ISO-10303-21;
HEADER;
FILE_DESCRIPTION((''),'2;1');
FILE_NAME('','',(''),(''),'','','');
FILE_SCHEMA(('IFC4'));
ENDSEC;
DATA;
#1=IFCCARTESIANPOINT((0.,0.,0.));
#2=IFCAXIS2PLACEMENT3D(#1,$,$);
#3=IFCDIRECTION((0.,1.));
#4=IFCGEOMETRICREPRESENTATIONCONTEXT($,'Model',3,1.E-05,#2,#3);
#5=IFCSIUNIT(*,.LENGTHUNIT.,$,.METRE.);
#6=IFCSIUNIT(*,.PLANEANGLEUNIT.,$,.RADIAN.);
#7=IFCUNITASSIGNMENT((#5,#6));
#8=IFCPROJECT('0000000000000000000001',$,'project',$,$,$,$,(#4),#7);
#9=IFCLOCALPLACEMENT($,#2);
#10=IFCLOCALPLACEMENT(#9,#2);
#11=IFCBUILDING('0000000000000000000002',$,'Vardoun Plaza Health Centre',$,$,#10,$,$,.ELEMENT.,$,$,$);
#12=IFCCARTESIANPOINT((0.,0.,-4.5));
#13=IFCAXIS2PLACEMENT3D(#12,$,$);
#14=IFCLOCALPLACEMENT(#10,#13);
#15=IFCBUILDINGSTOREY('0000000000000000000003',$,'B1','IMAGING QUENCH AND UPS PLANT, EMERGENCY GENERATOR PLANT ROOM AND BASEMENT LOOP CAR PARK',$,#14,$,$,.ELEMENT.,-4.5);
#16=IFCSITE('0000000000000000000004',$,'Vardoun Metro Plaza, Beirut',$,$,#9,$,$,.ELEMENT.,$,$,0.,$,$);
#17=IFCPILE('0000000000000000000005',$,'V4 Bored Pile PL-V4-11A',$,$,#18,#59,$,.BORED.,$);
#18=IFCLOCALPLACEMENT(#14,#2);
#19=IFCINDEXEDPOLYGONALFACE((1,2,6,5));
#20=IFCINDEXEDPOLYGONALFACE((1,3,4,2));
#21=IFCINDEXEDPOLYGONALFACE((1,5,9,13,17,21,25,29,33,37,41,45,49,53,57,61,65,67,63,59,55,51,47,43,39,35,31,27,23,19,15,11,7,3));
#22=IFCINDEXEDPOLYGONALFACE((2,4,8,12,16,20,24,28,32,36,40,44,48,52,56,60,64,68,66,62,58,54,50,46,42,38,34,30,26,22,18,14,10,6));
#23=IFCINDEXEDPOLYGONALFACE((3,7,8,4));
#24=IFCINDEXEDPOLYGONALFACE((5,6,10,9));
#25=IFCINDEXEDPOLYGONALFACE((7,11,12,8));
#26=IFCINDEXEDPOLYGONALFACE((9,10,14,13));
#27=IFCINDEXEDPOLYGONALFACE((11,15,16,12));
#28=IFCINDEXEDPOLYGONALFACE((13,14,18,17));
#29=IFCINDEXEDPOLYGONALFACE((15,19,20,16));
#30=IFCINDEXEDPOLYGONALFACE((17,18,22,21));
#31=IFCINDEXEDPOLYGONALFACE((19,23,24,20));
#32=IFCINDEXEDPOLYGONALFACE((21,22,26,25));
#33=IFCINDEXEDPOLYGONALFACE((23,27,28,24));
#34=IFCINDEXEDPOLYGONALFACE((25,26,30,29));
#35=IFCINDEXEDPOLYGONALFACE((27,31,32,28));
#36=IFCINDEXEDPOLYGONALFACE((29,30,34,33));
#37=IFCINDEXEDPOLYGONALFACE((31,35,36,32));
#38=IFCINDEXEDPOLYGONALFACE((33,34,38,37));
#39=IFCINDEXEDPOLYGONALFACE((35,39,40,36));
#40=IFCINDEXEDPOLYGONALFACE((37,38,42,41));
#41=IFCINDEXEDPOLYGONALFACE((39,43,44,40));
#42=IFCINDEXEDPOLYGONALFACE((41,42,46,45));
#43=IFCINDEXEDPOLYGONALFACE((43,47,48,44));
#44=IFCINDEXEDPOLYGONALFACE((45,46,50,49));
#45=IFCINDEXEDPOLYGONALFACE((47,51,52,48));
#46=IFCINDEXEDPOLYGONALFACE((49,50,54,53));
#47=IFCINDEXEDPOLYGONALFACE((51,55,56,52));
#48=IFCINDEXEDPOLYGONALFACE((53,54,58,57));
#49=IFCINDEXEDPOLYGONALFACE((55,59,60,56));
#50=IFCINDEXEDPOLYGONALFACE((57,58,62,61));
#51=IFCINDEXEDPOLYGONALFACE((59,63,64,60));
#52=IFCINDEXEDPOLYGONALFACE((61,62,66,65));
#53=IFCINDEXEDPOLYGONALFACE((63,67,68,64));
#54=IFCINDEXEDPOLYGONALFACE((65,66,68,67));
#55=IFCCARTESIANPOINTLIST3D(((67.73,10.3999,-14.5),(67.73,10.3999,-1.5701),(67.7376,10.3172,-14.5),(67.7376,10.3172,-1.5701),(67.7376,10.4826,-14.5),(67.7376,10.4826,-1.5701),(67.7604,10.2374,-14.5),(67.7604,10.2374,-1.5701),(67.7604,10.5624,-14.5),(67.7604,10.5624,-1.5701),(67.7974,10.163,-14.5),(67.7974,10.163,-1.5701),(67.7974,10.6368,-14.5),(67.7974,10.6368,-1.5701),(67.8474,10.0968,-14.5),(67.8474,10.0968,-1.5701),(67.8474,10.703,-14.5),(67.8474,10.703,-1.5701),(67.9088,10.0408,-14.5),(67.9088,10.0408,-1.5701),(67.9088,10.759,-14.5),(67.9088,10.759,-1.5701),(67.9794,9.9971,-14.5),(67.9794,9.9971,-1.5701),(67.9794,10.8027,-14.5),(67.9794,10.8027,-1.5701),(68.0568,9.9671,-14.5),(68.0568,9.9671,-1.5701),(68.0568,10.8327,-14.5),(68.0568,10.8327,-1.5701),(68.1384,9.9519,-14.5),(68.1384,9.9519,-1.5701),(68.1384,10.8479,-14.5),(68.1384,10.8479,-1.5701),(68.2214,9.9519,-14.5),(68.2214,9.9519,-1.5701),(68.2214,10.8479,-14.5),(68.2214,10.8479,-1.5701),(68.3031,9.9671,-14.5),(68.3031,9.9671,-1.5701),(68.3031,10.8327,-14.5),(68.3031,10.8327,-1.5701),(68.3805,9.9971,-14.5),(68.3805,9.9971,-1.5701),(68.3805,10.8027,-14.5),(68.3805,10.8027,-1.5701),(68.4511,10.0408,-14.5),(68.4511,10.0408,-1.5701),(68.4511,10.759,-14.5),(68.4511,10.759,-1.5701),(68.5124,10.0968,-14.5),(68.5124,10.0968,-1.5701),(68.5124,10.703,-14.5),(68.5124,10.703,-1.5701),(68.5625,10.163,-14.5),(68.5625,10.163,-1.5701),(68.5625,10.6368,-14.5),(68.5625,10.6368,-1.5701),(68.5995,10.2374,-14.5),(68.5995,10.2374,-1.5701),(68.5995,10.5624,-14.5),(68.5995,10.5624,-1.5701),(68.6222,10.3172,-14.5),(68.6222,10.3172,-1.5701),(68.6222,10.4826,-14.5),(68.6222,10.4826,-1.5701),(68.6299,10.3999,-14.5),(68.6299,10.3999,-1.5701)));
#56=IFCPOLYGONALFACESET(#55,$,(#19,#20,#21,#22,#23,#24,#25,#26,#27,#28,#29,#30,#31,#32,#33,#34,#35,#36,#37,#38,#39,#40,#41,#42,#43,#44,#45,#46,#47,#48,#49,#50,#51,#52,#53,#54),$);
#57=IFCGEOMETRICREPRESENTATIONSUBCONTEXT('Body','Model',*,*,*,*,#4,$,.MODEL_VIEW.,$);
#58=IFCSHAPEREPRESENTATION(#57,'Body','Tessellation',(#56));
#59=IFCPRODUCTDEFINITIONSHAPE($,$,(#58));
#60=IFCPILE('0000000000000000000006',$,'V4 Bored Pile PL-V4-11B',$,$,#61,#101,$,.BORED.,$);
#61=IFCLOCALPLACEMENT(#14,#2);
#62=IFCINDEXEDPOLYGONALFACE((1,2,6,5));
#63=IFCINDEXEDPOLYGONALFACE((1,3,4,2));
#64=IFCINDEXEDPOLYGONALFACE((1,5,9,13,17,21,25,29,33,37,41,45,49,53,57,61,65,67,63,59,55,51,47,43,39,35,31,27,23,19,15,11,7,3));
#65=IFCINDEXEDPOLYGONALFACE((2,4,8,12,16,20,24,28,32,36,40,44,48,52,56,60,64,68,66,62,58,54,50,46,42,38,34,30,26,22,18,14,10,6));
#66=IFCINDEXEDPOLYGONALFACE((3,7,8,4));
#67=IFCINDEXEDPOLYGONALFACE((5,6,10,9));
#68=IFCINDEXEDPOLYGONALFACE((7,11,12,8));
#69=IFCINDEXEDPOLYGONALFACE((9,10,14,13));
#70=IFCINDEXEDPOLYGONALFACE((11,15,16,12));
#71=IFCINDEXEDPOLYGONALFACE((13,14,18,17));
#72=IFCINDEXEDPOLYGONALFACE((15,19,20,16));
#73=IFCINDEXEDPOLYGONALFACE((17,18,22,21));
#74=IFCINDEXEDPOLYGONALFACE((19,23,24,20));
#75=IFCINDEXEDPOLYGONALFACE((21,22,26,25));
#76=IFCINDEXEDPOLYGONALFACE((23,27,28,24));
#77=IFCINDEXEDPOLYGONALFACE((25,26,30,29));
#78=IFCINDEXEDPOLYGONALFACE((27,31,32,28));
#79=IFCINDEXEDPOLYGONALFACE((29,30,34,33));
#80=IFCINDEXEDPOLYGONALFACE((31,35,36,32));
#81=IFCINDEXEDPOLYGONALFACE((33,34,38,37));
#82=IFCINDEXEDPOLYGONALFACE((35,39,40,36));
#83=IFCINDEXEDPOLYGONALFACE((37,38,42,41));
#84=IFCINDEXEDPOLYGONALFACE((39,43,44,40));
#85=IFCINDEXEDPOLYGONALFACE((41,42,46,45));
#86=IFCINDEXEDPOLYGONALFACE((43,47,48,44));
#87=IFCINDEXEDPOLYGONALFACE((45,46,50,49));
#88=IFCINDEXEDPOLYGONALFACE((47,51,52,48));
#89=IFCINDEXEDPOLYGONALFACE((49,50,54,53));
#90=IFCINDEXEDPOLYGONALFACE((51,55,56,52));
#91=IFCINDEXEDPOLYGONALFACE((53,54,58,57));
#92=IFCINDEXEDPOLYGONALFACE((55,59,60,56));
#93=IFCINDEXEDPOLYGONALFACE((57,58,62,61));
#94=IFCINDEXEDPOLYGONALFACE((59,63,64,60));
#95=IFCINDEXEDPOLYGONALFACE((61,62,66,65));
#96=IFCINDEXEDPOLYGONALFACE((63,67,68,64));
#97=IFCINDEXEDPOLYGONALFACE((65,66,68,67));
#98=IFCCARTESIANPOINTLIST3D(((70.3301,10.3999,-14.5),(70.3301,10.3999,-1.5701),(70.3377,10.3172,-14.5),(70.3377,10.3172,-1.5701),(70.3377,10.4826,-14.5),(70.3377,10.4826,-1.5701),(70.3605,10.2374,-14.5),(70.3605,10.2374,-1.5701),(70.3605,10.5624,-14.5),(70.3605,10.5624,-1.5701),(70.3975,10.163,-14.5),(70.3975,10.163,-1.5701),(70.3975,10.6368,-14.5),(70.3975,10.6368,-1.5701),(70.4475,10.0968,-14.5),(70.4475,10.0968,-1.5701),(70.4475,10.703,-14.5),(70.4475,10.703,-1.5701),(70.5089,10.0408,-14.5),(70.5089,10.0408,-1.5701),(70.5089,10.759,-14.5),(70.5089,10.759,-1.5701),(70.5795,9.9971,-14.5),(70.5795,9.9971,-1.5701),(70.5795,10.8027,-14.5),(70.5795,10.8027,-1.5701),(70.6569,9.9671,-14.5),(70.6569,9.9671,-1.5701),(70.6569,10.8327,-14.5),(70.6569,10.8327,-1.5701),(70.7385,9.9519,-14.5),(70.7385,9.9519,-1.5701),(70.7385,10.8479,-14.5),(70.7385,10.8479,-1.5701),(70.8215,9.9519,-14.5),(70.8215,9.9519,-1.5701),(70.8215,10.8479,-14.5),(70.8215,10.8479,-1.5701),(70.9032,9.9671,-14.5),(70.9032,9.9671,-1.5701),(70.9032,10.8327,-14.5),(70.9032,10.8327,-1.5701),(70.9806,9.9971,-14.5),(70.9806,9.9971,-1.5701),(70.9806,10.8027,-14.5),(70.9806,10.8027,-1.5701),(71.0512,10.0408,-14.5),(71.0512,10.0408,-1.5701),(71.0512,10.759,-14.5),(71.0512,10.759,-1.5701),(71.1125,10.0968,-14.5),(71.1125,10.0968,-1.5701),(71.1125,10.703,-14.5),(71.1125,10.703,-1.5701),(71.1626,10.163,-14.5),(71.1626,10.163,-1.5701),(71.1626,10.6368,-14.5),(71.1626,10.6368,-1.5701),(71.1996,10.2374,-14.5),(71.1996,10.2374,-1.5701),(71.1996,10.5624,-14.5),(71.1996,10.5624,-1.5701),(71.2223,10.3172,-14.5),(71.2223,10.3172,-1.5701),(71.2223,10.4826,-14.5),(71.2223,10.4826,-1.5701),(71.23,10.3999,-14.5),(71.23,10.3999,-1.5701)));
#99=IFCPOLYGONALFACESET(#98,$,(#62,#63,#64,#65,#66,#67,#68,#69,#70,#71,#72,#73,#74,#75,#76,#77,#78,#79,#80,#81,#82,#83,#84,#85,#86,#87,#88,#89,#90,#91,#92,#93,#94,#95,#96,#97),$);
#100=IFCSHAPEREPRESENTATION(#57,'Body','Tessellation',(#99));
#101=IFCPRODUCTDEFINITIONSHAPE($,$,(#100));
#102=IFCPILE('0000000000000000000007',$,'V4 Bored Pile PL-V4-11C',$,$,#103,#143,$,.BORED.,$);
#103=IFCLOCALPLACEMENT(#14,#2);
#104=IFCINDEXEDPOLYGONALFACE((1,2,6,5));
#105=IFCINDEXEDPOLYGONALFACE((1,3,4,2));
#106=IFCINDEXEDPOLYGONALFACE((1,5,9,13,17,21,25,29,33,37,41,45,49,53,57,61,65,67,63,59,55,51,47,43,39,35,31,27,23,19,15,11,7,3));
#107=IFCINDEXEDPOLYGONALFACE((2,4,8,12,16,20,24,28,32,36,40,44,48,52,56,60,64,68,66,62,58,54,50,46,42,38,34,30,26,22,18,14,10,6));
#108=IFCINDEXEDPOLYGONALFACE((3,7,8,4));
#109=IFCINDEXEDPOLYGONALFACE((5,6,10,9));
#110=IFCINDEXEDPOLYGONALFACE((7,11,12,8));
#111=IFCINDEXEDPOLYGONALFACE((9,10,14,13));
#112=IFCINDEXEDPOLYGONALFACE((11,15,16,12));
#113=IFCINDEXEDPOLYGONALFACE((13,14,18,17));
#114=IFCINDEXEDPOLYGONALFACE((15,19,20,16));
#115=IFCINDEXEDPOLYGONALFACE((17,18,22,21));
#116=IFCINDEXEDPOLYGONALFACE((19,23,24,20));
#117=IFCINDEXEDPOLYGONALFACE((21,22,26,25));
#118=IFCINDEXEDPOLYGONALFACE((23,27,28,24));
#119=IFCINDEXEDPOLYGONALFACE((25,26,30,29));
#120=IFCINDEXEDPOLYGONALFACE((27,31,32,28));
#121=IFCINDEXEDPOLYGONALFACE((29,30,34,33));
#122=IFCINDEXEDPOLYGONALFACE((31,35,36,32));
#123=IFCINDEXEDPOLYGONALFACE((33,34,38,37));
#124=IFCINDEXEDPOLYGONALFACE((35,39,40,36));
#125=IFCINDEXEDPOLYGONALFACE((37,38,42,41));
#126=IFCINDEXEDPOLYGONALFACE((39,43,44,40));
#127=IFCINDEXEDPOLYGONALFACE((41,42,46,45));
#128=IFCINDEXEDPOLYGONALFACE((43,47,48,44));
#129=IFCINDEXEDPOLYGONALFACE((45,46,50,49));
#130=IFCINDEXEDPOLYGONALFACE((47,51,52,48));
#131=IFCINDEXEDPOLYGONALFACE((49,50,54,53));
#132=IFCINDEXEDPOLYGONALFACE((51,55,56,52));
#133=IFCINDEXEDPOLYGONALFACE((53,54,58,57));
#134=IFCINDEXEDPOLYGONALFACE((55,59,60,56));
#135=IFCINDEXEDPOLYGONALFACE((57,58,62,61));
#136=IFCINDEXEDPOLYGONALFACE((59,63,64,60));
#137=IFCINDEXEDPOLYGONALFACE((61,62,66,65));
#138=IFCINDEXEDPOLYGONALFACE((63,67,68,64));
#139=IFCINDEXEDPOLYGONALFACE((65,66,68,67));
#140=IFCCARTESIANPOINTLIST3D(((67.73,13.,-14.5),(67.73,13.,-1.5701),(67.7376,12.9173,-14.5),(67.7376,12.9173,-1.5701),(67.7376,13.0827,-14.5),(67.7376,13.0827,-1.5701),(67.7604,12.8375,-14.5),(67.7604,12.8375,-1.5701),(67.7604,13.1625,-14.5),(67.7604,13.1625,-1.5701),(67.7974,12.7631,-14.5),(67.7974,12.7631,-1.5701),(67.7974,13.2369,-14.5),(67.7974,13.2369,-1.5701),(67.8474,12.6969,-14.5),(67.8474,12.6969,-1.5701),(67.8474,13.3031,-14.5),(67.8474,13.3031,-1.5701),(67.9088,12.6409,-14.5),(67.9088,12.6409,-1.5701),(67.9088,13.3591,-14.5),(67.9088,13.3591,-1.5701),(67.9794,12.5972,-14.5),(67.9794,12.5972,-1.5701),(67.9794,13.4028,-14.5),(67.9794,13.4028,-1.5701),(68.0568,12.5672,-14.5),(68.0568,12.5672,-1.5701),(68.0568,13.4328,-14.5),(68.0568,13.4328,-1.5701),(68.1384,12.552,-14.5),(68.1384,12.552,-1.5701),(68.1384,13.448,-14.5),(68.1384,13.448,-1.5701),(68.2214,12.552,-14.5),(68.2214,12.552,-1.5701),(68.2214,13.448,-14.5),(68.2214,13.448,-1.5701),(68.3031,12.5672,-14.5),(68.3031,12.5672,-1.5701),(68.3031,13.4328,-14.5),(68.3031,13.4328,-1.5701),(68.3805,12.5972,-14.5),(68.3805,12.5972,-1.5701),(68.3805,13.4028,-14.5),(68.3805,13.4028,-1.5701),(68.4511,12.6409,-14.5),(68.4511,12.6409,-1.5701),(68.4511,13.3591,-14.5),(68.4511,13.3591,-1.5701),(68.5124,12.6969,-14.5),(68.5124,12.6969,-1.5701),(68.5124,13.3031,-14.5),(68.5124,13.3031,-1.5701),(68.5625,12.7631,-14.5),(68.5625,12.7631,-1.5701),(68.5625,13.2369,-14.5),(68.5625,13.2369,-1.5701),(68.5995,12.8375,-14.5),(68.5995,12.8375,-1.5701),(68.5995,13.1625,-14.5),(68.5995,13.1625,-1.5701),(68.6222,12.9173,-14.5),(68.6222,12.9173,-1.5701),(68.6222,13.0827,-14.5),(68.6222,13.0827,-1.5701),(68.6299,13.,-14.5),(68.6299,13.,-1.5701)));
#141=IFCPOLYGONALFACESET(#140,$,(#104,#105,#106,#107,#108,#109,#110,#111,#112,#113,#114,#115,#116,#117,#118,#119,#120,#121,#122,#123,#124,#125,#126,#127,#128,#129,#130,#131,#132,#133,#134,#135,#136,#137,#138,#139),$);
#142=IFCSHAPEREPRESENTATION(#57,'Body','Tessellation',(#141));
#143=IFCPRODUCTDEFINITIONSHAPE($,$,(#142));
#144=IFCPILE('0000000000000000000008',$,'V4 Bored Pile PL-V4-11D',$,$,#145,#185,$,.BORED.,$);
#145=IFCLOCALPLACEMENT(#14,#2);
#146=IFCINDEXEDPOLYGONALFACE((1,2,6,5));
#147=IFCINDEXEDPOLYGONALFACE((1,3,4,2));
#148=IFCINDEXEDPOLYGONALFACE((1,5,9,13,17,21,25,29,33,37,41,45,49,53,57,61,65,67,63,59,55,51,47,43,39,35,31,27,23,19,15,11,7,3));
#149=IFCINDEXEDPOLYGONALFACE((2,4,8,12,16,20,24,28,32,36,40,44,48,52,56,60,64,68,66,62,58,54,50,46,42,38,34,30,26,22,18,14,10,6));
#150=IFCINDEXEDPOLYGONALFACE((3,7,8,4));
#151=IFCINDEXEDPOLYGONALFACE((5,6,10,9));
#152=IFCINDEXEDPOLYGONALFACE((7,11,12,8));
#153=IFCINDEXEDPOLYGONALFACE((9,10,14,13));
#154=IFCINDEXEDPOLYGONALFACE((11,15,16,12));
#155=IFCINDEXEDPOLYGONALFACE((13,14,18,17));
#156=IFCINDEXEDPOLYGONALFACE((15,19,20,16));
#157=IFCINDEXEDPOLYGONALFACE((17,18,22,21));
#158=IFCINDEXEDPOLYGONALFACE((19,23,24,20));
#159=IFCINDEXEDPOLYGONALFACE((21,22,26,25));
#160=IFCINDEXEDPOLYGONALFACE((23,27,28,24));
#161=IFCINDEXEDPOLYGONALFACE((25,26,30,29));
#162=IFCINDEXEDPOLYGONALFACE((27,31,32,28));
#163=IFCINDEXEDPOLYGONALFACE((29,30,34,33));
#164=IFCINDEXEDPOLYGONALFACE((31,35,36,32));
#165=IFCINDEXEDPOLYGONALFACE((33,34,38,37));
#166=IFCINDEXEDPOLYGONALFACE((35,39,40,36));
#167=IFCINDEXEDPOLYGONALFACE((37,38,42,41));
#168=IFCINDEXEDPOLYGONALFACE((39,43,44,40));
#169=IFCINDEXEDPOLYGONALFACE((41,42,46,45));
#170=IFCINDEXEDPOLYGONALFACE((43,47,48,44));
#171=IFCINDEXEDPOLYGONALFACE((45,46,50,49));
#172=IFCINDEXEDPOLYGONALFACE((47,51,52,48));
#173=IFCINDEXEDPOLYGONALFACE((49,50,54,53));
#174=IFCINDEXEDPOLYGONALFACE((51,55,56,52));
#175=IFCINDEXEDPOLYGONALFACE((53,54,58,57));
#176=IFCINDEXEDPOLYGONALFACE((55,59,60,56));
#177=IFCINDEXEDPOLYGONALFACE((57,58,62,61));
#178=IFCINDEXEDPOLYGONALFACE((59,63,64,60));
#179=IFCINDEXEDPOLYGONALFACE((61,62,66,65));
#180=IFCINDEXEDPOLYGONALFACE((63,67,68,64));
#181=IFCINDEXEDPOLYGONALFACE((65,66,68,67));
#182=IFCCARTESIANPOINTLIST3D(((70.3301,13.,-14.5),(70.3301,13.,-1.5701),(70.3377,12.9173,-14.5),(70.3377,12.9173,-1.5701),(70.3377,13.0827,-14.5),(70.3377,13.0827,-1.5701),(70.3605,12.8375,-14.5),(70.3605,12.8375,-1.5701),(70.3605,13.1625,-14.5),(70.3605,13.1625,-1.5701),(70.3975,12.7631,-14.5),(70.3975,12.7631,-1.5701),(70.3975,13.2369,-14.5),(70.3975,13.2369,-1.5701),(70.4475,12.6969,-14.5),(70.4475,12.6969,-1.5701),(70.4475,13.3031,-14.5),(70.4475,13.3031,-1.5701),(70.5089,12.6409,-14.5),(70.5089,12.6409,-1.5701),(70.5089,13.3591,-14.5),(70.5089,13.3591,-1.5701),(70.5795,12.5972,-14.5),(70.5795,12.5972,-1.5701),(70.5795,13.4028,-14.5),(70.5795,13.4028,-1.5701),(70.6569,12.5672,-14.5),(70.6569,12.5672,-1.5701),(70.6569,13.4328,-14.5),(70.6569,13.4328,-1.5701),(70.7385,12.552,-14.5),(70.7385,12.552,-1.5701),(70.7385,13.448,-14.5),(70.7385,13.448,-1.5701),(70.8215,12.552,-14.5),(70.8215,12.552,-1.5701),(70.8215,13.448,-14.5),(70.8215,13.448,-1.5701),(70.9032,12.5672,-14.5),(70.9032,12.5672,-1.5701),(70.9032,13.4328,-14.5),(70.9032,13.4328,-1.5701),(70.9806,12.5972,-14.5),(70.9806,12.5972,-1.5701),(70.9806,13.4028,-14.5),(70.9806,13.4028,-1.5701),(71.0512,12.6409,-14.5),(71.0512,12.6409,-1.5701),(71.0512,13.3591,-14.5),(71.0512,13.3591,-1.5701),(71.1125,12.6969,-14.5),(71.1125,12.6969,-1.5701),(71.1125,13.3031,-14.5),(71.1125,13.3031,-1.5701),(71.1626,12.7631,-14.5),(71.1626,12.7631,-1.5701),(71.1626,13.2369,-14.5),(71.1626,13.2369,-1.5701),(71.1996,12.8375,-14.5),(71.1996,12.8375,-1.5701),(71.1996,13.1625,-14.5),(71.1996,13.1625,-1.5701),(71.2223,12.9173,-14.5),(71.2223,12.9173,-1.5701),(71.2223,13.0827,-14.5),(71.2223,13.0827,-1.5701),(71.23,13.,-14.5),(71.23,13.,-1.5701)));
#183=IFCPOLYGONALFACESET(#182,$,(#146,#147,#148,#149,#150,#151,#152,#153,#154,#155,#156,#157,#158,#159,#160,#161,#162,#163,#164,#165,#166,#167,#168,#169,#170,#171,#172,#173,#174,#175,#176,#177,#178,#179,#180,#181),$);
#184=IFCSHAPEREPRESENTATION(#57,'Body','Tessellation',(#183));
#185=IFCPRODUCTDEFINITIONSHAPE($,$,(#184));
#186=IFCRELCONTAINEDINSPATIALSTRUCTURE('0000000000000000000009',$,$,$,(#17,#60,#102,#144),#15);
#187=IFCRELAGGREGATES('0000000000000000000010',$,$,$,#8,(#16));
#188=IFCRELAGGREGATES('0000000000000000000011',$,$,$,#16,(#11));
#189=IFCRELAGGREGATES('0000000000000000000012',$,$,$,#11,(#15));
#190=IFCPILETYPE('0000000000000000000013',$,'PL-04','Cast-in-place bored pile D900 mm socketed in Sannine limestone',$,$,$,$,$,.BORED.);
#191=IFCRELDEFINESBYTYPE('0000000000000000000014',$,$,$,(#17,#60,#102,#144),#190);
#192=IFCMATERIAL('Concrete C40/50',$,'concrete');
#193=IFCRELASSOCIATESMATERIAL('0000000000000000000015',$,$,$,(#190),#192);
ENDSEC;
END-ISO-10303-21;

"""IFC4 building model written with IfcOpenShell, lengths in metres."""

from ifc_helpers import new_model, si_unit, direction, frame, origin, origin_2d, place, context, subcontext, project, spatial, circle, extrude, material, material_profile, profile_set, type_object, element, save


model = new_model("IFC4")

# Units and contexts
model_context = context("Model", 3, precision=1e-05, world=origin(), true_north=direction((0.0, 1.0)))
body_context = subcontext(model_context, "Body", "Model", "MODEL_VIEW")
ifc_project = project(units=[si_unit("LENGTHUNIT", "METRE"), si_unit("PLANEANGLEUNIT", "RADIAN")], contexts=[model_context])

# Site, building, storey
site_placement = place(None, origin())
site = spatial("IfcSite", under=ifc_project, at=site_placement, Name="Vardoun Metro Plaza, Beirut", CompositionType="ELEMENT", RefElevation=0.0)
building_placement = place(site_placement, origin())
building = spatial("IfcBuilding", under=site, at=building_placement, Name="Vardoun Plaza Health Centre", CompositionType="ELEMENT")
storey_placement = place(building_placement, frame((0.0, 0.0, -4.5)))
storey = spatial("IfcBuildingStorey", under=building, at=storey_placement, Name="B1", Description="IMAGING QUENCH AND UPS PLANT, EMERGENCY GENERATOR PLANT ROOM AND BASEMENT LOOP CAR PARK", CompositionType="ELEMENT", Elevation=-4.5)

# Piles
ifc_material_1 = material(Name="Concrete C40/50", Category="concrete")
ifc_material_profile_1 = material_profile(ifc_material_1, circle(Radius=0.45, at=origin_2d()), Name="PILE D900")
ifc_profile_set_1 = profile_set([ifc_material_profile_1], Name="Concrete C40/50")
pile_type_1 = type_object("IfcPileType", Name="PL-04", Description="Cast-in-place bored pile D900 mm socketed in Sannine limestone", PredefinedType="BORED", material=ifc_profile_set_1)
for number, where, z_axis, x_axis, name in (
    (1, (68.1799, 10.3999, -1.5701), (0.0, 0.0, -1.0), (1.0, 0.0, 0.0), "V4 Bored Pile PL-V4-11A"),
    (2, (70.78, 10.3999, -1.5701), (0.0, 0.0, -1.0), (1.0, 0.0, 0.0), "V4 Bored Pile PL-V4-11B"),
    (3, (68.1799, 13.0, -1.5701), (0.0, 0.0, -1.0), (1.0, 0.0, 0.0), "V4 Bored Pile PL-V4-11C"),
    (4, (70.78, 13.0, -1.5701), (0.0, 0.0, -1.0), (1.0, 0.0, 0.0), "V4 Bored Pile PL-V4-11D"),
):
    element("IfcPile", number, at=place(storey_placement, frame(where, z_axis=z_axis, x_axis=x_axis)), inside=storey, type_object=pile_type_1, Name=name, PredefinedType="BORED", context=body_context, shape_type="SweptSolid", body=[
        extrude(circle(Radius=0.45, at=origin_2d()), origin(), (0.0, 0.0, 1.0), 12.9299),
    ])

save(model, "model.ifc")
